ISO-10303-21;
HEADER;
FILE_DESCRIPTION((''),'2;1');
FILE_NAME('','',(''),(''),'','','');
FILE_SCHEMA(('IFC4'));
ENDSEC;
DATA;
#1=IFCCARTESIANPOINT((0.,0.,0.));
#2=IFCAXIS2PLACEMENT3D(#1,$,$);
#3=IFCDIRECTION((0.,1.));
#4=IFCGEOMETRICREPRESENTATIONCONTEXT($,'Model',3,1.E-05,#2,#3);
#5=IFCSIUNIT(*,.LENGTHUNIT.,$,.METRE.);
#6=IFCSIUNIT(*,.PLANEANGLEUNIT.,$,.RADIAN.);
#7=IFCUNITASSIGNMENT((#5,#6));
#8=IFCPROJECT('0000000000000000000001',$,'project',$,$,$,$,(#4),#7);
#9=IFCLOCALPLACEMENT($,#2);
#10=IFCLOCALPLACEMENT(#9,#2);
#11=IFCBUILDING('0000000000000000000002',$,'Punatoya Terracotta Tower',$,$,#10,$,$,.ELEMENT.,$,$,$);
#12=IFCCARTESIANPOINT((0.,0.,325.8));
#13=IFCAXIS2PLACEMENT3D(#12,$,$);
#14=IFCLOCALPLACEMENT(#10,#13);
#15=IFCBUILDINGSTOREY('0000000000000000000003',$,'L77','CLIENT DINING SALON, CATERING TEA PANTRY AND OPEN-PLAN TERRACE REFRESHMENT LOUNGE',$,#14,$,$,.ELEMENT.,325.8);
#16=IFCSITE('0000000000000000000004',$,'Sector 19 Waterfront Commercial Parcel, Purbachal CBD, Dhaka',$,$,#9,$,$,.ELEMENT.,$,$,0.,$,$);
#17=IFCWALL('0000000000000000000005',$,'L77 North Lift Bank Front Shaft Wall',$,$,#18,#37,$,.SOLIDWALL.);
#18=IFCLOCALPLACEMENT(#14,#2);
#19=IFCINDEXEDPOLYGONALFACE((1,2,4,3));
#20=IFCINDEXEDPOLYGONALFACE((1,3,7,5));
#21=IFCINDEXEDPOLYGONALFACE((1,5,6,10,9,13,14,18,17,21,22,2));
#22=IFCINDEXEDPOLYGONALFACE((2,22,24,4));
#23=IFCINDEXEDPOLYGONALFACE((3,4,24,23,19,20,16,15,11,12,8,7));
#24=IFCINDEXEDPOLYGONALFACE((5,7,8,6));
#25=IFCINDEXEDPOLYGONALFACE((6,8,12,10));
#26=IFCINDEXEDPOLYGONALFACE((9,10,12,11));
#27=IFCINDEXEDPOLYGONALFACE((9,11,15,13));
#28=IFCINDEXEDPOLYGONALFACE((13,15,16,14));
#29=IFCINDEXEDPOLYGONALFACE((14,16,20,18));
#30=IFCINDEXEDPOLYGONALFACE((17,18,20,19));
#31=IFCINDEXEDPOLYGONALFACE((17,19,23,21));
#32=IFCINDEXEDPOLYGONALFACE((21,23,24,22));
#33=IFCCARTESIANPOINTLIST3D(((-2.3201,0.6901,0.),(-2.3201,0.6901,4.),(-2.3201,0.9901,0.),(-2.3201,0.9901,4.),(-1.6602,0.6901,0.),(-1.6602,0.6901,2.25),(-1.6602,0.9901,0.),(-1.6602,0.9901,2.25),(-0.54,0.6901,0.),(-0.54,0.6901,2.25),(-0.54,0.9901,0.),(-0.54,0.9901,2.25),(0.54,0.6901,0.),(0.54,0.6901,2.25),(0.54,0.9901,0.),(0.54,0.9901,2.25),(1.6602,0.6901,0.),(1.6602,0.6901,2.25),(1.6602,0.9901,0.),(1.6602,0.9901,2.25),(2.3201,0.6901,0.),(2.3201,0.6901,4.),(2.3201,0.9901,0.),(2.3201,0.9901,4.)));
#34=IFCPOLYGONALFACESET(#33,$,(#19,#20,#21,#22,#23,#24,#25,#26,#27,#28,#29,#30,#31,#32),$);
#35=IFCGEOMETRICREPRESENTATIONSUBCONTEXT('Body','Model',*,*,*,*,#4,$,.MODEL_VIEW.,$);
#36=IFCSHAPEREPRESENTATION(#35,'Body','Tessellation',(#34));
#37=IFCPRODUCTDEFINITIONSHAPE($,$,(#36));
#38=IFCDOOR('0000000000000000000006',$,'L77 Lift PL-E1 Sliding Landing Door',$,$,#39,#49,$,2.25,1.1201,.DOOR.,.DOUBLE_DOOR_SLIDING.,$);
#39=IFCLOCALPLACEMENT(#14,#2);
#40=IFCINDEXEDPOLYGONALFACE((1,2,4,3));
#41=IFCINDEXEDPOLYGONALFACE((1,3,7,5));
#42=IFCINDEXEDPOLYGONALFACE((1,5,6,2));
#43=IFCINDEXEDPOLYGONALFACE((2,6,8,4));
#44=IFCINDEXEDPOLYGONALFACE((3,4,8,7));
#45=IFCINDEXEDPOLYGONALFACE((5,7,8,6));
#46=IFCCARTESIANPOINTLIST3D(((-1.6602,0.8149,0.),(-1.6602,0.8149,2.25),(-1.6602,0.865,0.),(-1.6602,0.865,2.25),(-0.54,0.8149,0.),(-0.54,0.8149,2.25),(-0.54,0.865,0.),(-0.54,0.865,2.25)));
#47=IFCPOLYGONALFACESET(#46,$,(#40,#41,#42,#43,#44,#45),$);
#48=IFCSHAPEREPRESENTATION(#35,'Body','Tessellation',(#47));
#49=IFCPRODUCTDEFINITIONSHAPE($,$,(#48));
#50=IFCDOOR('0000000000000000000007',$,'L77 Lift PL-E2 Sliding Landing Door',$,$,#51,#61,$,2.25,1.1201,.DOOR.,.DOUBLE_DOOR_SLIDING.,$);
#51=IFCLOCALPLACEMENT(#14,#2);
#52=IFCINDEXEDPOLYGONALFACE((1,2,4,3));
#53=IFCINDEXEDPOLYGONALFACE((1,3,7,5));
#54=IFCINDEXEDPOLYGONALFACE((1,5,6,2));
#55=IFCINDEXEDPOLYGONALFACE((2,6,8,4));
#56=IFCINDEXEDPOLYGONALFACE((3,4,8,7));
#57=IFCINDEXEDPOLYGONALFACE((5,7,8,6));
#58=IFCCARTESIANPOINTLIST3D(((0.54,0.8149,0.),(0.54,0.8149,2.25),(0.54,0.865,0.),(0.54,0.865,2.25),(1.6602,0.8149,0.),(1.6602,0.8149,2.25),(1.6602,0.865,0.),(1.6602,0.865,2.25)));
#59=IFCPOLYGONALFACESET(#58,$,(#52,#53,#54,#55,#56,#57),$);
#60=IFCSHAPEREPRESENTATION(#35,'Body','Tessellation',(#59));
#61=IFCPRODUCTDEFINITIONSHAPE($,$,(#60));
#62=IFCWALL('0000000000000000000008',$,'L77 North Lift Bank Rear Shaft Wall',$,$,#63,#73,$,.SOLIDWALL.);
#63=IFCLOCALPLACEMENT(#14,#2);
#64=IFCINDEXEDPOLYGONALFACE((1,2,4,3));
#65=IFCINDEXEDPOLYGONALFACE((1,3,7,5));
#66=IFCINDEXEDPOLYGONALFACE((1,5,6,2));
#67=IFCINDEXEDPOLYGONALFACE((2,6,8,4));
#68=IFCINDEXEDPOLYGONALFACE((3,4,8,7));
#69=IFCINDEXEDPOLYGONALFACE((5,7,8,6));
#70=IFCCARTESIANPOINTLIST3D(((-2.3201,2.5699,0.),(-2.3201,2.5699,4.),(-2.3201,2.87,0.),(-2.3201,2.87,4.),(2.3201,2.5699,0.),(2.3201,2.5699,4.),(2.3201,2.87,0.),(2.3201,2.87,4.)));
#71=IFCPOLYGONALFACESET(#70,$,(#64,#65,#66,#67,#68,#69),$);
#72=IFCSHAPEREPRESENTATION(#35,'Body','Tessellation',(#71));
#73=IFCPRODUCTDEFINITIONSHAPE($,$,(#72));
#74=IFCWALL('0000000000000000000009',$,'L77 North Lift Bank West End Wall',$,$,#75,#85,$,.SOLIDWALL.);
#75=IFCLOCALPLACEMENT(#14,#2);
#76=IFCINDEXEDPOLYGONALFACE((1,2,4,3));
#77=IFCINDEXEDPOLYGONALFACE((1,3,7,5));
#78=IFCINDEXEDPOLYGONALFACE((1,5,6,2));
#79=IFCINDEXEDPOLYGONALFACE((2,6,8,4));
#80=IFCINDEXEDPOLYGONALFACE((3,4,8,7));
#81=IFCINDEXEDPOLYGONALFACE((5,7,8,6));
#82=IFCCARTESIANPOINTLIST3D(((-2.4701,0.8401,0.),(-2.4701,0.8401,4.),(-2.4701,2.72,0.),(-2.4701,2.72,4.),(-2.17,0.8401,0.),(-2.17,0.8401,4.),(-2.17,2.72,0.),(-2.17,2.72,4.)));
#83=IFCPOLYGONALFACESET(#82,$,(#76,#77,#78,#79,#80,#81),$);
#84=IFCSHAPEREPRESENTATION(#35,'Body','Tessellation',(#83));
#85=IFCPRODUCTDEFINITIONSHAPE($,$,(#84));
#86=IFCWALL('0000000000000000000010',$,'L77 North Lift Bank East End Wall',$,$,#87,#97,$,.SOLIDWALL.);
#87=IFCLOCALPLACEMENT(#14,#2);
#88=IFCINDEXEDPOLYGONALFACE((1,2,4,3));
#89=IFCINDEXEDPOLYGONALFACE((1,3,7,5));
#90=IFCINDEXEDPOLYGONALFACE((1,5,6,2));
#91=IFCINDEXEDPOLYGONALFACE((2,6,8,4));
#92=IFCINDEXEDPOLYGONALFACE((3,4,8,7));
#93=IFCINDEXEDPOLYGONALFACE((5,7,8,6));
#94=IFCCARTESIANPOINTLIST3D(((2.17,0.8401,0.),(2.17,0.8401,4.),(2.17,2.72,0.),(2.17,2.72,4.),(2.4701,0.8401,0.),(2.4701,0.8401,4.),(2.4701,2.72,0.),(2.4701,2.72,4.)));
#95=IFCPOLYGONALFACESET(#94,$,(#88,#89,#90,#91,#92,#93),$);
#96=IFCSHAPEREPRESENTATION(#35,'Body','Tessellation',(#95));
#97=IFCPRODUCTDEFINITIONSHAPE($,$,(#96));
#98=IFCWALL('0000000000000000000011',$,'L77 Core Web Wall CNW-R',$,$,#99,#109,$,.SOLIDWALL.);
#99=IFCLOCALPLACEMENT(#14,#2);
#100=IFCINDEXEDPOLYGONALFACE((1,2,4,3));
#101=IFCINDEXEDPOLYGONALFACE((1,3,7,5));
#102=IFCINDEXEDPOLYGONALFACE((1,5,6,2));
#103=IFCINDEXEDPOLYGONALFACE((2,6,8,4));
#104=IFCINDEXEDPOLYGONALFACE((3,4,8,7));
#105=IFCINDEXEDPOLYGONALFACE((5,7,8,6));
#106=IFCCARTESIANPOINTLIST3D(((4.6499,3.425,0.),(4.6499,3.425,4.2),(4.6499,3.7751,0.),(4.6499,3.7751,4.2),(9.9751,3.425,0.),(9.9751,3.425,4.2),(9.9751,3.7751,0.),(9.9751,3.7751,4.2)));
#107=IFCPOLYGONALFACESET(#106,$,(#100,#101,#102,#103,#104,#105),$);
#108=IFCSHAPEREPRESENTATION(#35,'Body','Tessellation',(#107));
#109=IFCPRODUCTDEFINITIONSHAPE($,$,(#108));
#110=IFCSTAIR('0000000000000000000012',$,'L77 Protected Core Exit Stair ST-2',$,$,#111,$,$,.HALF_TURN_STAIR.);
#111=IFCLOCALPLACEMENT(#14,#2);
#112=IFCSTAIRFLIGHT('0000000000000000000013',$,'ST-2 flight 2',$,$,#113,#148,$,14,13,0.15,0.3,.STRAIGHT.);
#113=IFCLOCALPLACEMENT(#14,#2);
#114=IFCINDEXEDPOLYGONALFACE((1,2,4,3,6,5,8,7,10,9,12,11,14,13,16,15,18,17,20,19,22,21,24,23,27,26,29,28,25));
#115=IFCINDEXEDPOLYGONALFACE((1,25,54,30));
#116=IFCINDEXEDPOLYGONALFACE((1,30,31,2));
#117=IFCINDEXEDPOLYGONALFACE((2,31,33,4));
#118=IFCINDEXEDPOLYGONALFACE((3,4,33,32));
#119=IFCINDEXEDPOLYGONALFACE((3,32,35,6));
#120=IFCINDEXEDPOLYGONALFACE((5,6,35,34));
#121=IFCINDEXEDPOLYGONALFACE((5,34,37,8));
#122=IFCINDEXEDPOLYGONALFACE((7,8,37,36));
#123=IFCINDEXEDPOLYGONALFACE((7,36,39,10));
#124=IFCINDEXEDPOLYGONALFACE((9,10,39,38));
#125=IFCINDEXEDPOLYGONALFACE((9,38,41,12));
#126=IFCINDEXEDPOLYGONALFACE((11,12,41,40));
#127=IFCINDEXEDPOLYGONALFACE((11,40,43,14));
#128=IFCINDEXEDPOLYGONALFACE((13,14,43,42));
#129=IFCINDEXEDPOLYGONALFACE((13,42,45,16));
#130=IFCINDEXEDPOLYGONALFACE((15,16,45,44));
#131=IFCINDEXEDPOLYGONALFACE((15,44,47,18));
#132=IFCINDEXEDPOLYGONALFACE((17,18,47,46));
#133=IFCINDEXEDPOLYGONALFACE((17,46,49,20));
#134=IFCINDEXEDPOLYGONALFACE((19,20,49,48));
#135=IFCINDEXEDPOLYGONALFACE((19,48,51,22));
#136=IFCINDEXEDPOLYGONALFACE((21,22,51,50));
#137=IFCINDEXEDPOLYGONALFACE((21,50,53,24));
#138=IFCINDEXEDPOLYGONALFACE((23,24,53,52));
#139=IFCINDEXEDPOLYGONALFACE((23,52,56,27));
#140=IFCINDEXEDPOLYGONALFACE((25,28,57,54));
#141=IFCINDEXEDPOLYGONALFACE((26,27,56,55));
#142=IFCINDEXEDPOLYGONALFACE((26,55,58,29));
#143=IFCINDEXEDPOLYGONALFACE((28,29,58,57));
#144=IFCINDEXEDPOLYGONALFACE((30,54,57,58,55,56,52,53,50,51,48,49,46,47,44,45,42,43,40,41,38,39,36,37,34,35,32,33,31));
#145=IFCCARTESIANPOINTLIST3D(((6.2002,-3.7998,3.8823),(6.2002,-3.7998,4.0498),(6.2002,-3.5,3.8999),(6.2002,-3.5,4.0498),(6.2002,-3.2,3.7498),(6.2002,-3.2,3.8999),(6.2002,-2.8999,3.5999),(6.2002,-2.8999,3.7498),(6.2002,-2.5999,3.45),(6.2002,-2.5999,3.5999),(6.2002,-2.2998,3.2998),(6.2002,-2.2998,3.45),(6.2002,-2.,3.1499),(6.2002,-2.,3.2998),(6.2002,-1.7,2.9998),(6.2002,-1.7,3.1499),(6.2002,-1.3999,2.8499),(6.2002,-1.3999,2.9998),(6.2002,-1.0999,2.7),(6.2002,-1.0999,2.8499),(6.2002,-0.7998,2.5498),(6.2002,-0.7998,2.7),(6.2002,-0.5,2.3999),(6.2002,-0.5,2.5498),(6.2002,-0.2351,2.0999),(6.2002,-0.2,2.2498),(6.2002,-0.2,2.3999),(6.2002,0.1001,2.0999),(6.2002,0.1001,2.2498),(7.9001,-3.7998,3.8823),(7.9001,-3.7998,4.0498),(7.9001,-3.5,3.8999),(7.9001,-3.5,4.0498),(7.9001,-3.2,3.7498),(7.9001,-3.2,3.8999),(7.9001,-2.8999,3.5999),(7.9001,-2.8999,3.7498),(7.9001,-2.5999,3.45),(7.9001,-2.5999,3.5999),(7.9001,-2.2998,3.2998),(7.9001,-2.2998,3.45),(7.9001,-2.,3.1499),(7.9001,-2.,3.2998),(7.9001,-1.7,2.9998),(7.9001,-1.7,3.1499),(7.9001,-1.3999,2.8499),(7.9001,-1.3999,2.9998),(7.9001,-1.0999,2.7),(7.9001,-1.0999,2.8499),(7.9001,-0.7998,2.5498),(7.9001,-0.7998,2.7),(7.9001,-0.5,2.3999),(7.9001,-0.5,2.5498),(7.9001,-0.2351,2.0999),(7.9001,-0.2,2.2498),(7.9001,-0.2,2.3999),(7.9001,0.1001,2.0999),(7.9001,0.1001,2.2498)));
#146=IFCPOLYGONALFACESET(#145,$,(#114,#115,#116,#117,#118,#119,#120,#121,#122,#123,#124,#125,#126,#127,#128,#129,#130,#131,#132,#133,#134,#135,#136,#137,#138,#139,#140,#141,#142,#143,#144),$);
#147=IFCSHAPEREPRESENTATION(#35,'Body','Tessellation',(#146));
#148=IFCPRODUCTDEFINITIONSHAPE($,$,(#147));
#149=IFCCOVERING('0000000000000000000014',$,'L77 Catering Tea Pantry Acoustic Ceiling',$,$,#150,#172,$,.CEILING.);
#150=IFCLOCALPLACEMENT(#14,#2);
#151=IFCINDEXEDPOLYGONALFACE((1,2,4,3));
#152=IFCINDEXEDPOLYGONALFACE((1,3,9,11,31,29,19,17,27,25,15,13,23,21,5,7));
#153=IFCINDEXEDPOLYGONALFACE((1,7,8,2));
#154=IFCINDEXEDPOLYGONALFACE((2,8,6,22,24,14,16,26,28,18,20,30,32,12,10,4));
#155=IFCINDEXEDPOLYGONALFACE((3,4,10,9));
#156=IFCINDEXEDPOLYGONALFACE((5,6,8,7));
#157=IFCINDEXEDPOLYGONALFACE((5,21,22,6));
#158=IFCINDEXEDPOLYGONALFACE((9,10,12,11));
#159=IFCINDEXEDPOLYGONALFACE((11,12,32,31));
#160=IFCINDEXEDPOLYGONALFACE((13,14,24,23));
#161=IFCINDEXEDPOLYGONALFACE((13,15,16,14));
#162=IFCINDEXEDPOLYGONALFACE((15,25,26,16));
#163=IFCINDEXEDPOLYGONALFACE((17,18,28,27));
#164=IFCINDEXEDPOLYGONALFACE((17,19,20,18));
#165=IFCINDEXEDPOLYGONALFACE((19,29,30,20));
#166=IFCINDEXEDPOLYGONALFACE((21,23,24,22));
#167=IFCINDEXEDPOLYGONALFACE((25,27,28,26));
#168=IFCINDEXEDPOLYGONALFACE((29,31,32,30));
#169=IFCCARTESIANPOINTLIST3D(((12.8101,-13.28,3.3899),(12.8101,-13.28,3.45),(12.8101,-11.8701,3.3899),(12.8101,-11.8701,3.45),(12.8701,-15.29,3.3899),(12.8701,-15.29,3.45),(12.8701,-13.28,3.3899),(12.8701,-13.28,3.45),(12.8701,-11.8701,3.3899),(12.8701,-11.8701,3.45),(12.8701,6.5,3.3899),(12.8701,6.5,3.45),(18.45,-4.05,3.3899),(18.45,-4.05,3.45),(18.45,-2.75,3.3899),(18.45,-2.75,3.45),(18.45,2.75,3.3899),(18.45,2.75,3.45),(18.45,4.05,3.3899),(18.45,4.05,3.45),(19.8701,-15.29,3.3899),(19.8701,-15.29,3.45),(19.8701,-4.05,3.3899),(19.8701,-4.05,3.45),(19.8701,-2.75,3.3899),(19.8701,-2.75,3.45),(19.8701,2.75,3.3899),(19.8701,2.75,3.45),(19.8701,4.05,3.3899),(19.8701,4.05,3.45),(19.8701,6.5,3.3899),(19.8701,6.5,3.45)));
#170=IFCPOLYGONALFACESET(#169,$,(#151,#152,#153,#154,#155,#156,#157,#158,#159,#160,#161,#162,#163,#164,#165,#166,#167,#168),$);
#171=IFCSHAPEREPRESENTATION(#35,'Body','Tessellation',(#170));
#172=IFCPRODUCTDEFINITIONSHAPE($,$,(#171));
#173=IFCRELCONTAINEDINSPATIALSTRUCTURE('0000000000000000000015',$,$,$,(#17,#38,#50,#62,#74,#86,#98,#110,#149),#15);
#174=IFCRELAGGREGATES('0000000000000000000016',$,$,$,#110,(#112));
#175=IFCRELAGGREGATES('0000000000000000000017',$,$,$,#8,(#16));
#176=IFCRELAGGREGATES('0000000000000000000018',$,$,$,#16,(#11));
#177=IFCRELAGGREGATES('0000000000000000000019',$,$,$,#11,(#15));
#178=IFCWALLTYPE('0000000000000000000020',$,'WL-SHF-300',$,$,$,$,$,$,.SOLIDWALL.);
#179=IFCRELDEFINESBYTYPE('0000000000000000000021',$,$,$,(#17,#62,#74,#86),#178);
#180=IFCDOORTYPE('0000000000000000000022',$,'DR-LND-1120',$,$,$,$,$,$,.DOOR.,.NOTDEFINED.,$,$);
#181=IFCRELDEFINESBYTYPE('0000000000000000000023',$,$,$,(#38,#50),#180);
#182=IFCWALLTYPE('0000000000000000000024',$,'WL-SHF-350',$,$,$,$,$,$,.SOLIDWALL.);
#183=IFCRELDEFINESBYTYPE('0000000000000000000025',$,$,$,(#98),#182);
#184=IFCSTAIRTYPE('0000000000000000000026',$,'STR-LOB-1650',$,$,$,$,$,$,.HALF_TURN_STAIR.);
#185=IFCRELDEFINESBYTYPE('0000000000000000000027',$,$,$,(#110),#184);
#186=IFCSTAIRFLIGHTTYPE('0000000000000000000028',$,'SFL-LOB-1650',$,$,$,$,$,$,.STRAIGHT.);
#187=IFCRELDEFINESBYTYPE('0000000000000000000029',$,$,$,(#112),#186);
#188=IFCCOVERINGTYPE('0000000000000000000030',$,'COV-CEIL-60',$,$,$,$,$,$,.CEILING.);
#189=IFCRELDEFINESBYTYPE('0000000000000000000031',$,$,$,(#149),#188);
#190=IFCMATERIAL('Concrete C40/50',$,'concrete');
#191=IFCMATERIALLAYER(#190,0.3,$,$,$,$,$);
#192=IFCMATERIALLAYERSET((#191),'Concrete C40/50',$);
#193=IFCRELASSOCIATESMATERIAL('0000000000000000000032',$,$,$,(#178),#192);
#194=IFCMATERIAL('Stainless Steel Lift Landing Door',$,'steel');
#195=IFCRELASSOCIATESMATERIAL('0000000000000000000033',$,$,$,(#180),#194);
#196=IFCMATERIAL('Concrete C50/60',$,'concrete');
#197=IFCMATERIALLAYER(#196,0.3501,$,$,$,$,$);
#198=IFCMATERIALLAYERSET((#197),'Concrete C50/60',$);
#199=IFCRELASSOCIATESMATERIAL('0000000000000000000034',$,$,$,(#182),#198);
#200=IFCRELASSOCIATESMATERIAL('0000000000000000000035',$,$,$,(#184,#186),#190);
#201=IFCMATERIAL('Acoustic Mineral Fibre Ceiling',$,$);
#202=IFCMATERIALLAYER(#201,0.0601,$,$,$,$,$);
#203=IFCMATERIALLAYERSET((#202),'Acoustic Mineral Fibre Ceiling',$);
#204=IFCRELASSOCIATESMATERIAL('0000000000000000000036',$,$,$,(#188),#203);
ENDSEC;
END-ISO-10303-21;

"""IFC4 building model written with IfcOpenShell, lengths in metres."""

from ifc_helpers import new_model, si_unit, direction, frame, frame_2d, origin, place, context, subcontext, project, spatial, polyline, rectangle, outline, extrude, material, layer, layer_set, type_object, element, fill, aggregate, save


model = new_model("IFC4")

# Units and contexts
model_context = context("Model", 3, precision=1e-05, world=origin(), true_north=direction((0.0, 1.0)))
body_context = subcontext(model_context, "Body", "Model", "MODEL_VIEW")
ifc_project = project(units=[si_unit("LENGTHUNIT", "METRE"), si_unit("PLANEANGLEUNIT", "RADIAN")], contexts=[model_context])

# Site, building, storey
site_placement = place(None, origin())
site = spatial("IfcSite", under=ifc_project, at=site_placement, Name="Sector 19 Waterfront Commercial Parcel, Purbachal CBD, Dhaka", CompositionType="ELEMENT", RefElevation=0.0)
building_placement = place(site_placement, origin())
building = spatial("IfcBuilding", under=site, at=building_placement, Name="Punatoya Terracotta Tower", CompositionType="ELEMENT")
storey_placement = place(building_placement, frame((0.0, 0.0, 325.8)))
storey = spatial("IfcBuildingStorey", under=building, at=storey_placement, Name="L77", Description="CLIENT DINING SALON, CATERING TEA PANTRY AND OPEN-PLAN TERRACE REFRESHMENT LOUNGE", CompositionType="ELEMENT", Elevation=325.8)

# Shared definitions
ifc_material_1 = material(Name="Concrete C40/50", Category="concrete")

# Shared definitions
ifc_layer_1 = layer(ifc_material_1, 0.3)
ifc_layer_set_1 = layer_set([ifc_layer_1], Name="Concrete C40/50")
wall_type_1 = type_object("IfcWallType", Name="WL-SHF-300", PredefinedType="SOLIDWALL", material=ifc_layer_set_1)

# Wall, openings, doors
wall_1_placement = place(storey_placement, frame((-2.3201, 0.8401, 0.0), z_axis=(0.0, 0.0, 1.0), x_axis=(1.0, 0.0, 0.0)))
wall_1 = element("IfcWall", 1, at=wall_1_placement, inside=storey, type_object=wall_type_1, Name="L77 North Lift Bank Front Shaft Wall", PredefinedType="SOLIDWALL", context=body_context, shape_type="SweptSolid", body=[
    extrude(rectangle(XDim=4.6401, YDim=0.3, at=frame_2d((2.3201, 0.0))), origin(), (0.0, 0.0, 1.0), 4.0),
])
opening_1_placement = place(wall_1_placement, frame((0.6599, 0.0, 0.0)))
opening_1 = element("IfcOpeningElement", 2, at=opening_1_placement, cuts=wall_1, PredefinedType="OPENING", context=body_context, shape_type="SweptSolid", body=[
    extrude(rectangle(XDim=1.1201, YDim=2.25, at=frame_2d((0.5601, 1.125))), frame((0.0, 0.1599, 0.0), z_axis=(0.0, -1.0, 0.0), x_axis=(1.0, 0.0, 0.0)), (0.0, 0.0, 1.0), 0.3201),
])
opening_2_placement = place(wall_1_placement, frame((2.8601, 0.0, 0.0)))
opening_2 = element("IfcOpeningElement", 3, at=opening_2_placement, cuts=wall_1, PredefinedType="OPENING", context=body_context, shape_type="SweptSolid", body=[
    extrude(rectangle(XDim=1.1201, YDim=2.25, at=frame_2d((0.5601, 1.125))), frame((0.0, 0.1599, 0.0), z_axis=(0.0, -1.0, 0.0), x_axis=(1.0, 0.0, 0.0)), (0.0, 0.0, 1.0), 0.3201),
])
ifc_material_2 = material(Name="Stainless Steel Lift Landing Door", Category="steel")
door_type_1 = type_object("IfcDoorType", Name="DR-LND-1120", OperationType="NOTDEFINED", PredefinedType="DOOR", material=ifc_material_2)
door_1_placement = place(opening_1_placement, origin())
door_1 = element("IfcDoor", 4, at=door_1_placement, inside=storey, type_object=door_type_1, Name="L77 Lift PL-E1 Sliding Landing Door", OperationType="DOUBLE_DOOR_SLIDING", OverallHeight=2.25, OverallWidth=1.1201, PredefinedType="DOOR", context=body_context, shape_type="SweptSolid", body=[
    extrude(rectangle(XDim=1.1201, YDim=2.25, at=frame_2d((0.5601, 1.125))), frame((0.0, 0.0249, 0.0), z_axis=(0.0, -1.0, 0.0), x_axis=(1.0, 0.0, 0.0)), (0.0, 0.0, 1.0), 0.05),
])
fill(opening_1, door_1)
door_2_placement = place(opening_2_placement, origin())
door_2 = element("IfcDoor", 5, at=door_2_placement, inside=storey, type_object=door_type_1, Name="L77 Lift PL-E2 Sliding Landing Door", OperationType="DOUBLE_DOOR_SLIDING", OverallHeight=2.25, OverallWidth=1.1201, PredefinedType="DOOR", context=body_context, shape_type="SweptSolid", body=[
    extrude(rectangle(XDim=1.1201, YDim=2.25, at=frame_2d((0.5601, 1.125))), frame((0.0, 0.0249, 0.0), z_axis=(0.0, -1.0, 0.0), x_axis=(1.0, 0.0, 0.0)), (0.0, 0.0, 1.0), 0.05),
])
fill(opening_2, door_2)

# Walls
wall_2_placement = place(storey_placement, frame((-2.3201, 2.72, 0.0), z_axis=(0.0, 0.0, 1.0), x_axis=(1.0, 0.0, 0.0)))
element("IfcWall", 6, at=wall_2_placement, inside=storey, type_object=wall_type_1, Name="L77 North Lift Bank Rear Shaft Wall", PredefinedType="SOLIDWALL", context=body_context, shape_type="SweptSolid", body=[
    extrude(rectangle(XDim=4.6401, YDim=0.3, at=frame_2d((2.3201, 0.0))), origin(), (0.0, 0.0, 1.0), 4.0),
])
for number, where, z_axis, x_axis, name in (
    (7, (-2.3201, 0.8401, 0.0), (0.0, 0.0, 1.0), (0.0, 1.0, 0.0), "L77 North Lift Bank West End Wall"),
    (8, (2.3201, 0.8401, 0.0), (0.0, 0.0, 1.0), (0.0, 1.0, 0.0), "L77 North Lift Bank East End Wall"),
):
    element("IfcWall", number, at=place(storey_placement, frame(where, z_axis=z_axis, x_axis=x_axis)), inside=storey, type_object=wall_type_1, Name=name, PredefinedType="SOLIDWALL", context=body_context, shape_type="SweptSolid", body=[
        extrude(rectangle(XDim=1.8799, YDim=0.3, at=frame_2d((0.9399, 0.0))), origin(), (0.0, 0.0, 1.0), 4.0),
    ])
ifc_material_3 = material(Name="Concrete C50/60", Category="concrete")
ifc_layer_2 = layer(ifc_material_3, 0.3501)
ifc_layer_set_2 = layer_set([ifc_layer_2], Name="Concrete C50/60")
wall_type_2 = type_object("IfcWallType", Name="WL-SHF-350", PredefinedType="SOLIDWALL", material=ifc_layer_set_2)
wall_3_placement = place(storey_placement, frame((4.6499, 3.6001, 0.0), z_axis=(0.0, 0.0, 1.0), x_axis=(1.0, 0.0, 0.0)))
element("IfcWall", 9, at=wall_3_placement, inside=storey, type_object=wall_type_2, Name="L77 Core Web Wall CNW-R", PredefinedType="SOLIDWALL", context=body_context, shape_type="SweptSolid", body=[
    extrude(rectangle(XDim=5.3252, YDim=0.3501, at=frame_2d((2.6626, 0.0))), origin(), (0.0, 0.0, 1.0), 4.2),
])

# Stair, stair flight
stair_type = type_object("IfcStairType", Name="STR-LOB-1650", PredefinedType="HALF_TURN_STAIR", material=ifc_material_1)
stair_placement = place(storey_placement, origin())
stair = element("IfcStair", 10, at=stair_placement, inside=storey, type_object=stair_type, Name="L77 Protected Core Exit Stair ST-2", PredefinedType="HALF_TURN_STAIR")
stair_flight_type = type_object("IfcStairFlightType", Name="SFL-LOB-1650", PredefinedType="STRAIGHT", material=ifc_material_1)
stair_flight_placement = place(storey_placement, frame((7.05, 0.1001, 2.0999), z_axis=(0.0, 0.0, 1.0), x_axis=(0.0, -1.0, 0.0)))
stair_flight = element("IfcStairFlight", 11, at=stair_flight_placement, type_object=stair_flight_type, Name="ST-2 flight 2", NumberOfRisers=14, NumberOfTreads=13, PredefinedType="STRAIGHT", RiserHeight=0.15, TreadLength=0.3, context=body_context, shape_type="SweptSolid", body=[
    extrude(outline(polyline([(0.0, 0.0), (0.0, 0.1499), (0.3, 0.1499), (0.3, 0.3), (0.6001, 0.3), (0.6001, 0.45), (0.8999, 0.45), (0.8999, 0.6001), (1.2, 0.6001), (1.2, 0.75), (1.5, 0.75), (1.5, 0.8999), (1.8, 0.8999), (1.8, 1.05), (2.1001, 1.05), (2.1001, 1.2), (2.3999, 1.2), (2.3999, 1.3501), (2.7, 1.3501), (2.7, 1.5), (3.0, 1.5), (3.0, 1.6499), (3.3, 1.6499), (3.3, 1.8), (3.6001, 1.8), (3.6001, 1.95), (3.8999, 1.95), (3.8999, 2.1001), (3.8999, 1.7825), (0.3352, 0.0), (0.0, 0.0)])), frame((0.0, 0.8501, 0.0), z_axis=(0.0, -1.0, 0.0), x_axis=(1.0, 0.0, 0.0)), (0.0, 0.0, 1.0), 1.7),
])
aggregate(stair, [stair_flight])

# Covering
ifc_material_4 = material(Name="Acoustic Mineral Fibre Ceiling")
ifc_layer_3 = layer(ifc_material_4, 0.0601)
ifc_layer_set_3 = layer_set([ifc_layer_3], Name="Acoustic Mineral Fibre Ceiling")
covering_type = type_object("IfcCoveringType", Name="COV-CEIL-60", PredefinedType="CEILING", material=ifc_layer_set_3)
covering_1_placement = place(storey_placement, frame((0.0, 0.0, 3.3899)))
element("IfcCovering", 12, at=covering_1_placement, inside=storey, type_object=covering_type, Name="L77 Catering Tea Pantry Acoustic Ceiling", PredefinedType="CEILING", context=body_context, shape_type="SweptSolid", body=[
    extrude(outline(polyline([(12.8101, -13.28), (12.8701, -13.28), (12.8701, -15.29), (19.8701, -15.29), (19.8701, -4.05), (18.45, -4.05), (18.45, -2.75), (19.8701, -2.75), (19.8701, 2.75), (18.45, 2.75), (18.45, 4.05), (19.8701, 4.05), (19.8701, 6.5), (12.8701, 6.5), (12.8701, -11.8701), (12.8101, -11.8701), (12.8101, -13.28)])), origin(), (0.0, 0.0, 1.0), 0.0601),
])

save(model, "model.ifc")
